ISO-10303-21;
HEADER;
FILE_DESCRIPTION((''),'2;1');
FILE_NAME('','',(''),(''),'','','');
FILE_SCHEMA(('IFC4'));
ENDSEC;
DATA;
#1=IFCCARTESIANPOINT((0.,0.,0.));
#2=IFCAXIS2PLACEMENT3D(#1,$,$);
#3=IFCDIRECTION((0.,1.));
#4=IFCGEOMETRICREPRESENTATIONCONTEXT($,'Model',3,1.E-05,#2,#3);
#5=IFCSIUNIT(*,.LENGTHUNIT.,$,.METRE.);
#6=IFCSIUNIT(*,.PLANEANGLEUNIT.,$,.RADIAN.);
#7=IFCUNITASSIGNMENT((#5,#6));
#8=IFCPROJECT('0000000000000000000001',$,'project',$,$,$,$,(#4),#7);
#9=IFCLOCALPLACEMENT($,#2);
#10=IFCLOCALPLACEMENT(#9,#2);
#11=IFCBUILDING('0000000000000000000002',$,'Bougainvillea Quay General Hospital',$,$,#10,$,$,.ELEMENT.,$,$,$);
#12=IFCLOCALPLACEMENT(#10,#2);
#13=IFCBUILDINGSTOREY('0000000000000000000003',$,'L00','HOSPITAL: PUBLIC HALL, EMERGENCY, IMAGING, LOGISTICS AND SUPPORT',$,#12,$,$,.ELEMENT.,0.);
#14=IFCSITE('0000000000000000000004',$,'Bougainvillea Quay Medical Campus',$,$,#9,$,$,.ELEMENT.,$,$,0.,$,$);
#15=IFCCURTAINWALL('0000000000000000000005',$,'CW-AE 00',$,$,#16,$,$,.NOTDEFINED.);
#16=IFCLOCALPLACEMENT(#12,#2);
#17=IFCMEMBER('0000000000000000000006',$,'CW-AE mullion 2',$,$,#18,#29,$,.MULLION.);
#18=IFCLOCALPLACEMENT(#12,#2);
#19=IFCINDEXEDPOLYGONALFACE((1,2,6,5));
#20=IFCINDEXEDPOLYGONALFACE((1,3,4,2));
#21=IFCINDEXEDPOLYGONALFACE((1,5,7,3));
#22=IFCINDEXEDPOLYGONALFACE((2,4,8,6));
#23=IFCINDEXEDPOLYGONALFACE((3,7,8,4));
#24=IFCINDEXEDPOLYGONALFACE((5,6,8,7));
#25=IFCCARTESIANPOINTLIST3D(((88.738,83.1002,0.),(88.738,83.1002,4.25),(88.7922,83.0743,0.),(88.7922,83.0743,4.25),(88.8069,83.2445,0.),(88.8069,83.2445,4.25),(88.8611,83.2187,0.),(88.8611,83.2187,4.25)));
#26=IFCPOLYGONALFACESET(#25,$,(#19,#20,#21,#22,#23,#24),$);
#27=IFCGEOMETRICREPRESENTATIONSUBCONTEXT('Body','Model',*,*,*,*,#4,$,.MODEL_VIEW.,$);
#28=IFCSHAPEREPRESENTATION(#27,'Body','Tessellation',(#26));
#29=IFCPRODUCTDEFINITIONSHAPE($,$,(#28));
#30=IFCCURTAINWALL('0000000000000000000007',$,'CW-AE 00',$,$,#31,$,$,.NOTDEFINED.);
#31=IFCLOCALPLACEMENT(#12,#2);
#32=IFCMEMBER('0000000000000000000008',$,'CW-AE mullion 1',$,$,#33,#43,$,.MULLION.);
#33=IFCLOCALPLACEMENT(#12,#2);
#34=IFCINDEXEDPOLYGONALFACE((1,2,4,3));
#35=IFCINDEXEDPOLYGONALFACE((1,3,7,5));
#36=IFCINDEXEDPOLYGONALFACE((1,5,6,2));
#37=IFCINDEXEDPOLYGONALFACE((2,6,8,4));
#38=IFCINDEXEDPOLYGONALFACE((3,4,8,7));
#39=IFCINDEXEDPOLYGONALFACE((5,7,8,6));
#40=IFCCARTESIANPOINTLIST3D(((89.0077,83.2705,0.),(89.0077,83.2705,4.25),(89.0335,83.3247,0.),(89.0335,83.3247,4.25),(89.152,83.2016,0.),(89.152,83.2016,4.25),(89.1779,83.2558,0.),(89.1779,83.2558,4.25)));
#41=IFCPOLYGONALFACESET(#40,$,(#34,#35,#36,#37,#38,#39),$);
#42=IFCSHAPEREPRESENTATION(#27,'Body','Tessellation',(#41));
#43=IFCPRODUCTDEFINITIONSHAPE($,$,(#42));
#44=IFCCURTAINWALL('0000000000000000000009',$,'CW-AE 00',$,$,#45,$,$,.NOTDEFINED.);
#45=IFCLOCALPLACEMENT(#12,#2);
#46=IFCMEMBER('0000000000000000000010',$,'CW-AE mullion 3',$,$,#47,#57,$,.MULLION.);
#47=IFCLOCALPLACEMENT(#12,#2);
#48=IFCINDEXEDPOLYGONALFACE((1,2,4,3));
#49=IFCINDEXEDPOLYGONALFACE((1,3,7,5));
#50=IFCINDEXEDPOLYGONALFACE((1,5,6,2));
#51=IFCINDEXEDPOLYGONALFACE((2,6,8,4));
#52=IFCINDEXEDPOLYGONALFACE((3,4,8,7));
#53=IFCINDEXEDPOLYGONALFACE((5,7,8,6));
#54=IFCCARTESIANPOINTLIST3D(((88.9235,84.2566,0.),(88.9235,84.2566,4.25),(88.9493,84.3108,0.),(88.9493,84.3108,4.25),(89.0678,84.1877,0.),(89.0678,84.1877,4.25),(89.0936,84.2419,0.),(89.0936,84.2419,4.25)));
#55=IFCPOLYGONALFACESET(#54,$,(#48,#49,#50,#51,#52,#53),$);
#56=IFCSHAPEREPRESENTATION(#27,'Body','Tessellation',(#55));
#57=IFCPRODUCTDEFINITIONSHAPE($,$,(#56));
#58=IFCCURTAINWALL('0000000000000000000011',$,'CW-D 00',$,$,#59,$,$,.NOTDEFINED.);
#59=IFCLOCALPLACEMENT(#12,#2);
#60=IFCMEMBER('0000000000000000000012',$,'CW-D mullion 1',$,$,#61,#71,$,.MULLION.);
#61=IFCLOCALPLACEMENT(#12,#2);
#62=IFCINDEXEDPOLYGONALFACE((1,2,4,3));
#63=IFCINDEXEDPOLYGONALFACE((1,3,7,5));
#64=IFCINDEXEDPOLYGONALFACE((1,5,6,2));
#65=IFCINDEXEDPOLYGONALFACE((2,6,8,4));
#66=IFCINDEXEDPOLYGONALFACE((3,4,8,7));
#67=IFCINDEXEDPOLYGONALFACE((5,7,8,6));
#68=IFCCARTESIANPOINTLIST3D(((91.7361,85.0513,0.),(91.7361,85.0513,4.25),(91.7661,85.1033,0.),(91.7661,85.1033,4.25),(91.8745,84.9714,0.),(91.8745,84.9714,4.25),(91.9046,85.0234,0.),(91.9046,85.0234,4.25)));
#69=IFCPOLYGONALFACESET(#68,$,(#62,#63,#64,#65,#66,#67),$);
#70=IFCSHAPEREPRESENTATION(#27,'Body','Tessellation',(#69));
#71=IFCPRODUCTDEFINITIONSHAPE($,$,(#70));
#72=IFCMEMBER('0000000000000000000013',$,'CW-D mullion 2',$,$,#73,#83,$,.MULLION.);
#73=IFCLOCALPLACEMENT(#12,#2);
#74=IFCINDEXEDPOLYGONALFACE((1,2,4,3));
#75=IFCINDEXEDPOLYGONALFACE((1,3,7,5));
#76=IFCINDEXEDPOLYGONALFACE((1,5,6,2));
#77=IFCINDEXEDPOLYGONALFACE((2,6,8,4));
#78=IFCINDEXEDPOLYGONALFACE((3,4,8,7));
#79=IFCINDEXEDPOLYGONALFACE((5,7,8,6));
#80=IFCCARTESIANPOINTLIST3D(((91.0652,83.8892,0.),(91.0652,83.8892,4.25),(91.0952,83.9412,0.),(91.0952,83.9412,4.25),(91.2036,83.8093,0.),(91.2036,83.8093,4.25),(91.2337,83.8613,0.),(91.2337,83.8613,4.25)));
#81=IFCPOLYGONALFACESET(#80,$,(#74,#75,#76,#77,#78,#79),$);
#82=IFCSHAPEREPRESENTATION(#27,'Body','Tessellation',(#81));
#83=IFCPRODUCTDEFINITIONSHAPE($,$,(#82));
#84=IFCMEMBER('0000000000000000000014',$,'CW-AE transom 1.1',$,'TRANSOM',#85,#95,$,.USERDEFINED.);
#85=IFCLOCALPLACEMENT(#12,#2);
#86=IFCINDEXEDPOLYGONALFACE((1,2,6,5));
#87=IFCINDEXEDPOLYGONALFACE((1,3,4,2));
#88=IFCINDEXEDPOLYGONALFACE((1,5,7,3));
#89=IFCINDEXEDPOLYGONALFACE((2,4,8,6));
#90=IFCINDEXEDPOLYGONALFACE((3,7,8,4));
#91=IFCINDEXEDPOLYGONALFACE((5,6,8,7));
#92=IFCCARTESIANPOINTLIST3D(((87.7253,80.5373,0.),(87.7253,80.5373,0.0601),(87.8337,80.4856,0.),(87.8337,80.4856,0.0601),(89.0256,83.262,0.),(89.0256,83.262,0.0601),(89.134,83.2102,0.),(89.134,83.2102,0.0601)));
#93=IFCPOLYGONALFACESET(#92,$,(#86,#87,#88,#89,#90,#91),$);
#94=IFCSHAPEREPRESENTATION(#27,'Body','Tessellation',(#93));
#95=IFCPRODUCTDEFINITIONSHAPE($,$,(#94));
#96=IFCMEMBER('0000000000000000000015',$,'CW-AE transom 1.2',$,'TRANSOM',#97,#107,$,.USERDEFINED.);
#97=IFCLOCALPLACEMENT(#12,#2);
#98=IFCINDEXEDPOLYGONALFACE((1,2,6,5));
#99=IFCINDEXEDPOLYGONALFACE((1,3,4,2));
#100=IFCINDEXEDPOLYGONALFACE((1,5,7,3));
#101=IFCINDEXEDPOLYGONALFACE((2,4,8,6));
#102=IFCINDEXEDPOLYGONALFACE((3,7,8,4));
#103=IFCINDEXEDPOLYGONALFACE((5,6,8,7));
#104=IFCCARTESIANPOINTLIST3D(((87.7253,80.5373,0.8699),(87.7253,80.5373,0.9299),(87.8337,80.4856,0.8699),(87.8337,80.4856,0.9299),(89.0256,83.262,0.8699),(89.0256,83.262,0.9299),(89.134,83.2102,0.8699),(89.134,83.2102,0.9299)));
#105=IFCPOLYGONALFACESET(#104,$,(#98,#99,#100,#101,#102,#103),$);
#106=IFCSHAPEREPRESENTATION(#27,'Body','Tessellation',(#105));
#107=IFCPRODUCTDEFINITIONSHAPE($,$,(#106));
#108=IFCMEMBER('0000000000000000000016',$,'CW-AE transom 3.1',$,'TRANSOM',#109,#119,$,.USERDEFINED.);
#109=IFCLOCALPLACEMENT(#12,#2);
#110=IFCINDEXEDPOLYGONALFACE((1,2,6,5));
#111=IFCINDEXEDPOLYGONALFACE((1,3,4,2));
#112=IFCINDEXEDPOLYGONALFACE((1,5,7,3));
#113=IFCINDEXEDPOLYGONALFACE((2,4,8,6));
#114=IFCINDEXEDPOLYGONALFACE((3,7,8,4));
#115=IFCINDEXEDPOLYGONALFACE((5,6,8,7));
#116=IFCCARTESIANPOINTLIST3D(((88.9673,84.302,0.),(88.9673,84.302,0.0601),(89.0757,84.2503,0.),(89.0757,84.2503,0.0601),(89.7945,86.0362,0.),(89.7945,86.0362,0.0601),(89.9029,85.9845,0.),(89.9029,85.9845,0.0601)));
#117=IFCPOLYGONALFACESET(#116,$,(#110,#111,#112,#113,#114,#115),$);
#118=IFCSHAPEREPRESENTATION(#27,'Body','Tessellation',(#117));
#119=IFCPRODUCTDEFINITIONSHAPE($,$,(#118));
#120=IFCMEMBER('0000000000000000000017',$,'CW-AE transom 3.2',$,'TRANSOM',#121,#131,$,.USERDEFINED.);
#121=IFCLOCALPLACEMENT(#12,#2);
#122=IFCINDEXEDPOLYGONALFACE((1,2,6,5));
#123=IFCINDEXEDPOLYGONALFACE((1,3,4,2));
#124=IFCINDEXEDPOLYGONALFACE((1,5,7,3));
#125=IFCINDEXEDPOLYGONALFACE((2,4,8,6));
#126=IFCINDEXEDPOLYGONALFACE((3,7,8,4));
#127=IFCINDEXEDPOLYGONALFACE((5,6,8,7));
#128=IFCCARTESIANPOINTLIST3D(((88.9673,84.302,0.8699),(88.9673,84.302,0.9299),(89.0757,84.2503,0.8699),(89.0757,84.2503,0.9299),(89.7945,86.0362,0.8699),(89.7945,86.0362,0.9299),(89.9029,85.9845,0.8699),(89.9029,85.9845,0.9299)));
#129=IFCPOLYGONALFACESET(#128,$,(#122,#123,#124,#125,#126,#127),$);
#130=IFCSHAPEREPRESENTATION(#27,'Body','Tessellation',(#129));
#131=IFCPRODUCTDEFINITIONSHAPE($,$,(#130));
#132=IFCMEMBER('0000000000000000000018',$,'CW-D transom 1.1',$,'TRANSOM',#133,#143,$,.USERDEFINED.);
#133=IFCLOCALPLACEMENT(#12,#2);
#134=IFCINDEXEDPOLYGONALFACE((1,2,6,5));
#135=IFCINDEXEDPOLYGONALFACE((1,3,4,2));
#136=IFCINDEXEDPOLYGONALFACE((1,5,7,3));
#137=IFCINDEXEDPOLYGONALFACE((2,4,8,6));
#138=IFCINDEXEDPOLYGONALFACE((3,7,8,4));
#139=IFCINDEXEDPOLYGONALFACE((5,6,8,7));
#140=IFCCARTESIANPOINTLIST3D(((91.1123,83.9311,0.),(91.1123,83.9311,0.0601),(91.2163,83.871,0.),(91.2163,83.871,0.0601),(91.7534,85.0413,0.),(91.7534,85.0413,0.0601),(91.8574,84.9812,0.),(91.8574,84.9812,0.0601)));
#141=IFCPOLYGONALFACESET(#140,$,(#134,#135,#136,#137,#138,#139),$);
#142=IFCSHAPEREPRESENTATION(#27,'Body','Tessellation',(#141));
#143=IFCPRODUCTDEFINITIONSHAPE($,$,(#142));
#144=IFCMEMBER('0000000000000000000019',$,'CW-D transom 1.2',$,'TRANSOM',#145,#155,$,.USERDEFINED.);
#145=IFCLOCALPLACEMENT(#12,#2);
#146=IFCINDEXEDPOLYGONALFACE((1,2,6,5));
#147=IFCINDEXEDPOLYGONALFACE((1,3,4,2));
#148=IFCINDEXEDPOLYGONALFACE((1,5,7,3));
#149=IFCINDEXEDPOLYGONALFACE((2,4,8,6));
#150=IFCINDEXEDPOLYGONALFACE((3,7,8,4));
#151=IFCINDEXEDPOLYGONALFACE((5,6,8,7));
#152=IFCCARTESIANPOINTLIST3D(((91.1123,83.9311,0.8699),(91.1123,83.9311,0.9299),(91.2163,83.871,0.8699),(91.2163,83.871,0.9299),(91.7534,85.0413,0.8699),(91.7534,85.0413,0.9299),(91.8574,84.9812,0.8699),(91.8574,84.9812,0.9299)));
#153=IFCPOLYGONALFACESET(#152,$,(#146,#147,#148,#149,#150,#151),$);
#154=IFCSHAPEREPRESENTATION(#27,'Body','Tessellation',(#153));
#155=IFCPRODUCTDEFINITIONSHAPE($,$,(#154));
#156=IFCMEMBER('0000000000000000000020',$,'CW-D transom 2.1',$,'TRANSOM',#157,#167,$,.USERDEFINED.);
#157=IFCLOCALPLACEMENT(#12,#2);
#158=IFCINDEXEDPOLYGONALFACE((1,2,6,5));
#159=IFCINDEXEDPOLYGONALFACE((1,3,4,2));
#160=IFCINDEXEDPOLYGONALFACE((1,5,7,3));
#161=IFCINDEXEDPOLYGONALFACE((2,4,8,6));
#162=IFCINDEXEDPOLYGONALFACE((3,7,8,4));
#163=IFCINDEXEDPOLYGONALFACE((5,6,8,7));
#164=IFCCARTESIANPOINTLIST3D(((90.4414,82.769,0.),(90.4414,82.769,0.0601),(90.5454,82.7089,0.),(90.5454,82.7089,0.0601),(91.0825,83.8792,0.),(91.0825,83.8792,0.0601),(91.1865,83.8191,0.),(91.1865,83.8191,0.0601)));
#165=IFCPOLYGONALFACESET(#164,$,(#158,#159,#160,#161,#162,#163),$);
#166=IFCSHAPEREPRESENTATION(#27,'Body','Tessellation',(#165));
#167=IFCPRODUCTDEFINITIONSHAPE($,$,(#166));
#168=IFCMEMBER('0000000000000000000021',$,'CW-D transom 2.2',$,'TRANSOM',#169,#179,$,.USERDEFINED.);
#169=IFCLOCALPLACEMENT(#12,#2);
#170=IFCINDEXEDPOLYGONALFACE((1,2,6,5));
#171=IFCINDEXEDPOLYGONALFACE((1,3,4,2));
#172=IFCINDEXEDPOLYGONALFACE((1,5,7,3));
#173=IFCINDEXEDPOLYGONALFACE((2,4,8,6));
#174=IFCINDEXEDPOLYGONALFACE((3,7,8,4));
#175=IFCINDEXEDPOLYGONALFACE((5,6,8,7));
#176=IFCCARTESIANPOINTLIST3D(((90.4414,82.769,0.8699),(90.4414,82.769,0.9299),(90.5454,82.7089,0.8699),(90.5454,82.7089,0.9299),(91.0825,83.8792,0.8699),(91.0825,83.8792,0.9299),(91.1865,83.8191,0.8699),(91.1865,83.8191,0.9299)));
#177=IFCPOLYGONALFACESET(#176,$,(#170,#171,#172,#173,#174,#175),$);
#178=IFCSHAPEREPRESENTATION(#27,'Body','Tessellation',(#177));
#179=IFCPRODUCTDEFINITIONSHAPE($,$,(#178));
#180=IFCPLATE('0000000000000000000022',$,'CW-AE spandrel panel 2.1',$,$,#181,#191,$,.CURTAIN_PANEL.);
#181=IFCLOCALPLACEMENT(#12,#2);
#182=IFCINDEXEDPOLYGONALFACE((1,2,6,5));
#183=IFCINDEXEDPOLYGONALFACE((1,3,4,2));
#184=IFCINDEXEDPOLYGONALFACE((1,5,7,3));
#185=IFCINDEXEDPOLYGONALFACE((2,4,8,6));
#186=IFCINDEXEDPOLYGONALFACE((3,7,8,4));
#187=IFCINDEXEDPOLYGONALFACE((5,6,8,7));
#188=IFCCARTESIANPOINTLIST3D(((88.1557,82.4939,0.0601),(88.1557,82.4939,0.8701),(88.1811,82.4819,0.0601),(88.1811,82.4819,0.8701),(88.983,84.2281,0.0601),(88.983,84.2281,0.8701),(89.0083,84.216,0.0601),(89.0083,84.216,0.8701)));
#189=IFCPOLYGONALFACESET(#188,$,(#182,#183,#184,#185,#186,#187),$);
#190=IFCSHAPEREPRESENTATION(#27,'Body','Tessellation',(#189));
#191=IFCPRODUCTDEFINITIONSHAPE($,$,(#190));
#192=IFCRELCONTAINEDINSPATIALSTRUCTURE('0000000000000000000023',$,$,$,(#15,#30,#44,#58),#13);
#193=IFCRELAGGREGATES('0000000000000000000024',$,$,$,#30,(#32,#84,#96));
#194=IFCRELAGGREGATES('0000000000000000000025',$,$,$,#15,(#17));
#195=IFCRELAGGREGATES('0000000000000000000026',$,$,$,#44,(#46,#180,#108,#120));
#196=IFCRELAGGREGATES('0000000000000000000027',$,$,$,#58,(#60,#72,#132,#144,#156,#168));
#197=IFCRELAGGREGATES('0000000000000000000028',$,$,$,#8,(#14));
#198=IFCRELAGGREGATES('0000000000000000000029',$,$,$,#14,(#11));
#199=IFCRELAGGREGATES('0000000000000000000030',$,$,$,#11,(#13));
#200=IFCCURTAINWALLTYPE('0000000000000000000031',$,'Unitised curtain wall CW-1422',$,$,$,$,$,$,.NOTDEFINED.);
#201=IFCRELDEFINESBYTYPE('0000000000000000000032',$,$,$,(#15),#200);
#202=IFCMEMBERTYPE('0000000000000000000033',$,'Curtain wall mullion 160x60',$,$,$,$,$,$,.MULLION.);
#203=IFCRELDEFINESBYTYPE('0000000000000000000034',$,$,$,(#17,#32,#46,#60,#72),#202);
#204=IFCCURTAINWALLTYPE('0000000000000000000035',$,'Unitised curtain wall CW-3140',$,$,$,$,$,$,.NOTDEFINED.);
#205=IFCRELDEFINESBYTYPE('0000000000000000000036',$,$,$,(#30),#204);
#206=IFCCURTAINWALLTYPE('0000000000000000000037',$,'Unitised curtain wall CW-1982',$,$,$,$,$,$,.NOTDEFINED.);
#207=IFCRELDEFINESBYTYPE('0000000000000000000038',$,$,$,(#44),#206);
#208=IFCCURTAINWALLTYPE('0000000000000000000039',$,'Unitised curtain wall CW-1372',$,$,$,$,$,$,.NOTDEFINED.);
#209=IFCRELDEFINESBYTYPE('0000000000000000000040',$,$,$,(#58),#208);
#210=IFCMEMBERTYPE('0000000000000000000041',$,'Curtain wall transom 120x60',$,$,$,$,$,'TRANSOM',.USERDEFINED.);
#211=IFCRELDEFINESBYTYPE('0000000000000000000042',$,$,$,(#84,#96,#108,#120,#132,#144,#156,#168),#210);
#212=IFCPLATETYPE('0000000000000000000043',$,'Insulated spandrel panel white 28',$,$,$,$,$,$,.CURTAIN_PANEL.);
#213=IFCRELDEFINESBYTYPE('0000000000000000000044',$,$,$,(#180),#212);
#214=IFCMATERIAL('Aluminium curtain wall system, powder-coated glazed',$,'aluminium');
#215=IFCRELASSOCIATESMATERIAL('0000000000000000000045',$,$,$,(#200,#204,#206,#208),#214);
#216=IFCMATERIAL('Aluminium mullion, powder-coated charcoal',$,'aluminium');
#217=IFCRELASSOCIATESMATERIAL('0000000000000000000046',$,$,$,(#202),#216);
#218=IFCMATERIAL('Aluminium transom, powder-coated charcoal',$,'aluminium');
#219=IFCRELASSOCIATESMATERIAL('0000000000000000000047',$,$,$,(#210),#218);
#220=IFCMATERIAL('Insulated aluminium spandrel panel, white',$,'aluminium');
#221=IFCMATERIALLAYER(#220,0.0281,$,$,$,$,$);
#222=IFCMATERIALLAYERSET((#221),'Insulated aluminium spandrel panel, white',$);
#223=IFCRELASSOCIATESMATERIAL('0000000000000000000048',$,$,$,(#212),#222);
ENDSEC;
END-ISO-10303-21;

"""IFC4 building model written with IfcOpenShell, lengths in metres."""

from ifc_helpers import new_model, si_unit, direction, frame, origin, origin_2d, place, context, subcontext, project, spatial, rectangle, extrude, material, layer, layer_set, material_profile, profile_set, type_object, element, aggregate, save


model = new_model("IFC4")

# Units and contexts
model_context = context("Model", 3, precision=1e-05, world=origin(), true_north=direction((0.0, 1.0)))
body_context = subcontext(model_context, "Body", "Model", "MODEL_VIEW")
ifc_project = project(units=[si_unit("LENGTHUNIT", "METRE"), si_unit("PLANEANGLEUNIT", "RADIAN")], contexts=[model_context])

# Site, building, storey
site_placement = place(None, origin())
site = spatial("IfcSite", under=ifc_project, at=site_placement, Name="Bougainvillea Quay Medical Campus", CompositionType="ELEMENT", RefElevation=0.0)
building_placement = place(site_placement, origin())
building = spatial("IfcBuilding", under=site, at=building_placement, Name="Bougainvillea Quay General Hospital", CompositionType="ELEMENT")
storey_placement = place(building_placement, origin())
storey = spatial("IfcBuildingStorey", under=building, at=storey_placement, Name="L00", Description="HOSPITAL: PUBLIC HALL, EMERGENCY, IMAGING, LOGISTICS AND SUPPORT", CompositionType="ELEMENT", Elevation=0.0)

# Curtain walls, members
ifc_material_1 = material(Name="Aluminium curtain wall system, powder-coated glazed", Category="aluminium")
curtain_wall_type_1 = type_object("IfcCurtainWallType", Name="Unitised curtain wall CW-1422", PredefinedType="NOTDEFINED", material=ifc_material_1)
curtain_wall_1_placement = place(storey_placement, origin())
curtain_wall_1 = element("IfcCurtainWall", 1, at=curtain_wall_1_placement, inside=storey, type_object=curtain_wall_type_1, Name="CW-AE 00", PredefinedType="NOTDEFINED")
ifc_material_2 = material(Name="Aluminium mullion, powder-coated charcoal", Category="aluminium")
ifc_material_profile_1 = material_profile(ifc_material_2, rectangle(XDim=0.1599, YDim=0.0601, at=origin_2d()))
ifc_profile_set_1 = profile_set([ifc_material_profile_1], Name="Aluminium mullion, powder-coated charcoal")
member_type_1 = type_object("IfcMemberType", Name="Curtain wall mullion 160x60", PredefinedType="MULLION", material=ifc_profile_set_1)
member_1_placement = place(storey_placement, frame((88.7996, 83.1594, 0.0), z_axis=(0.0, 0.0, 1.0), x_axis=(-0.430534, -0.902574, 0.0)))
member_1 = element("IfcMember", 2, at=member_1_placement, type_object=member_type_1, Name="CW-AE mullion 2", PredefinedType="MULLION", context=body_context, shape_type="SweptSolid", body=[
    extrude(rectangle(XDim=0.1599, YDim=0.0601, at=origin_2d()), origin(), (0.0, 0.0, 1.0), 4.25),
])
curtain_wall_type_2 = type_object("IfcCurtainWallType", Name="Unitised curtain wall CW-3140", PredefinedType="NOTDEFINED", material=ifc_material_1)
curtain_wall_2_placement = place(storey_placement, origin())
curtain_wall_2 = element("IfcCurtainWall", 3, at=curtain_wall_2_placement, inside=storey, type_object=curtain_wall_type_2, Name="CW-AE 00", PredefinedType="NOTDEFINED")
member_2_placement = place(storey_placement, frame((89.0928, 83.2632, 0.0), z_axis=(0.0, 0.0, 1.0), x_axis=(0.902495, -0.4307, 0.0)))
member_2 = element("IfcMember", 4, at=member_2_placement, type_object=member_type_1, Name="CW-AE mullion 1", PredefinedType="MULLION", context=body_context, shape_type="SweptSolid", body=[
    extrude(rectangle(XDim=0.1599, YDim=0.0601, at=origin_2d()), origin(), (0.0, 0.0, 1.0), 4.25),
])
curtain_wall_type_3 = type_object("IfcCurtainWallType", Name="Unitised curtain wall CW-1982", PredefinedType="NOTDEFINED", material=ifc_material_1)
curtain_wall_3_placement = place(storey_placement, origin())
curtain_wall_3 = element("IfcCurtainWall", 5, at=curtain_wall_3_placement, inside=storey, type_object=curtain_wall_type_3, Name="CW-AE 00", PredefinedType="NOTDEFINED")
member_3_placement = place(storey_placement, frame((89.0085, 84.2493, 0.0), z_axis=(0.0, 0.0, 1.0), x_axis=(-0.902561, 0.430563, 0.0)))
member_3 = element("IfcMember", 6, at=member_3_placement, type_object=member_type_1, Name="CW-AE mullion 3", PredefinedType="MULLION", context=body_context, shape_type="SweptSolid", body=[
    extrude(rectangle(XDim=0.1599, YDim=0.0601, at=origin_2d()), origin(), (0.0, 0.0, 1.0), 4.25),
])

# Curtain wall, members
curtain_wall_type_4 = type_object("IfcCurtainWallType", Name="Unitised curtain wall CW-1372", PredefinedType="NOTDEFINED", material=ifc_material_1)
curtain_wall_4_placement = place(storey_placement, origin())
curtain_wall_4 = element("IfcCurtainWall", 7, at=curtain_wall_4_placement, inside=storey, type_object=curtain_wall_type_4, Name="CW-D 00", PredefinedType="NOTDEFINED")
member_4_placement = place(storey_placement, frame((91.8203, 85.0374, 0.0), z_axis=(0.0, 0.0, 1.0), x_axis=(0.866048, -0.499962, 0.0)))
member_4 = element("IfcMember", 8, at=member_4_placement, type_object=member_type_1, Name="CW-D mullion 1", PredefinedType="MULLION", context=body_context, shape_type="SweptSolid", body=[
    extrude(rectangle(XDim=0.1599, YDim=0.0601, at=origin_2d()), origin(), (0.0, 0.0, 1.0), 4.25),
])
member_5_placement = place(storey_placement, frame((91.1494, 83.8752, 0.0), z_axis=(0.0, 0.0, 1.0), x_axis=(0.866048, -0.499962, 0.0)))
member_5 = element("IfcMember", 9, at=member_5_placement, type_object=member_type_1, Name="CW-D mullion 2", PredefinedType="MULLION", context=body_context, shape_type="SweptSolid", body=[
    extrude(rectangle(XDim=0.1599, YDim=0.0601, at=origin_2d()), origin(), (0.0, 0.0, 1.0), 4.25),
])

# Members
ifc_material_3 = material(Name="Aluminium transom, powder-coated charcoal", Category="aluminium")
ifc_material_profile_2 = material_profile(ifc_material_3, rectangle(XDim=0.1201, YDim=0.0601, at=origin_2d()))
ifc_profile_set_2 = profile_set([ifc_material_profile_2], Name="Aluminium transom, powder-coated charcoal")
member_type_2 = type_object("IfcMemberType", Name="Curtain wall transom 120x60", ElementType="TRANSOM", PredefinedType="USERDEFINED", material=ifc_profile_set_2)
member_6_placement = place(storey_placement, frame((89.0798, 83.2361, 0.03), z_axis=(-0.430706, -0.902492, 0.0), x_axis=(0.902492, -0.430706, 0.0)))
member_6 = element("IfcMember", 10, at=member_6_placement, type_object=member_type_2, Name="CW-AE transom 1.1", ObjectType="TRANSOM", PredefinedType="USERDEFINED", context=body_context, shape_type="SweptSolid", body=[
    extrude(rectangle(XDim=0.1201, YDim=0.0601, at=origin_2d()), origin(), (0.0, 0.0, 1.0), 3.019),
])
member_7_placement = place(storey_placement, frame((89.0798, 83.2361, 0.8999), z_axis=(-0.430706, -0.902492, 0.0), x_axis=(0.902492, -0.430706, 0.0)))
member_7 = element("IfcMember", 11, at=member_7_placement, type_object=member_type_2, Name="CW-AE transom 1.2", ObjectType="TRANSOM", PredefinedType="USERDEFINED", context=body_context, shape_type="SweptSolid", body=[
    extrude(rectangle(XDim=0.1201, YDim=0.0601, at=origin_2d()), origin(), (0.0, 0.0, 1.0), 3.019),
])
aggregate(curtain_wall_2, [member_2, member_6, member_7])
member_8_placement = place(storey_placement, frame((89.0215, 84.2761, 0.03), z_axis=(0.430516, 0.902583, 0.0), x_axis=(-0.902583, 0.430516, 0.0)))
member_8 = element("IfcMember", 12, at=member_8_placement, type_object=member_type_2, Name="CW-AE transom 3.1", ObjectType="TRANSOM", PredefinedType="USERDEFINED", context=body_context, shape_type="SweptSolid", body=[
    extrude(rectangle(XDim=0.1201, YDim=0.0601, at=origin_2d()), origin(), (0.0, 0.0, 1.0), 1.9214),
])
member_9_placement = place(storey_placement, frame((89.0215, 84.2761, 0.8999), z_axis=(0.430516, 0.902583, 0.0), x_axis=(-0.902583, 0.430516, 0.0)))
member_9 = element("IfcMember", 13, at=member_9_placement, type_object=member_type_2, Name="CW-AE transom 3.2", ObjectType="TRANSOM", PredefinedType="USERDEFINED", context=body_context, shape_type="SweptSolid", body=[
    extrude(rectangle(XDim=0.1201, YDim=0.0601, at=origin_2d()), origin(), (0.0, 0.0, 1.0), 1.9214),
])
member_10_placement = place(storey_placement, frame((91.8054, 85.0112, 0.03), z_axis=(-0.500113, -0.86596, 0.0), x_axis=(0.86596, -0.500113, 0.0)))
member_10 = element("IfcMember", 14, at=member_10_placement, type_object=member_type_2, Name="CW-D transom 1.1", ObjectType="TRANSOM", PredefinedType="USERDEFINED", context=body_context, shape_type="SweptSolid", body=[
    extrude(rectangle(XDim=0.1201, YDim=0.0601, at=origin_2d()), origin(), (0.0, 0.0, 1.0), 1.282),
])
member_11_placement = place(storey_placement, frame((91.8054, 85.0112, 0.8999), z_axis=(-0.500113, -0.86596, 0.0), x_axis=(0.86596, -0.500113, 0.0)))
member_11 = element("IfcMember", 15, at=member_11_placement, type_object=member_type_2, Name="CW-D transom 1.2", ObjectType="TRANSOM", PredefinedType="USERDEFINED", context=body_context, shape_type="SweptSolid", body=[
    extrude(rectangle(XDim=0.1201, YDim=0.0601, at=origin_2d()), origin(), (0.0, 0.0, 1.0), 1.282),
])
member_12_placement = place(storey_placement, frame((91.1345, 83.8491, 0.03), z_axis=(-0.500113, -0.86596, 0.0), x_axis=(0.86596, -0.500113, 0.0)))
member_12 = element("IfcMember", 16, at=member_12_placement, type_object=member_type_2, Name="CW-D transom 2.1", ObjectType="TRANSOM", PredefinedType="USERDEFINED", context=body_context, shape_type="SweptSolid", body=[
    extrude(rectangle(XDim=0.1201, YDim=0.0601, at=origin_2d()), origin(), (0.0, 0.0, 1.0), 1.282),
])
member_13_placement = place(storey_placement, frame((91.1345, 83.8491, 0.8999), z_axis=(-0.500113, -0.86596, 0.0), x_axis=(0.86596, -0.500113, 0.0)))
member_13 = element("IfcMember", 17, at=member_13_placement, type_object=member_type_2, Name="CW-D transom 2.2", ObjectType="TRANSOM", PredefinedType="USERDEFINED", context=body_context, shape_type="SweptSolid", body=[
    extrude(rectangle(XDim=0.1201, YDim=0.0601, at=origin_2d()), origin(), (0.0, 0.0, 1.0), 1.282),
])

# Plate
ifc_material_4 = material(Name="Insulated aluminium spandrel panel, white", Category="aluminium")
ifc_layer_1 = layer(ifc_material_4, 0.0281)
ifc_layer_set_1 = layer_set([ifc_layer_1], Name="Insulated aluminium spandrel panel, white")
plate_type_1 = type_object("IfcPlateType", Name="Insulated spandrel panel white 28", PredefinedType="CURTAIN_PANEL", material=ifc_layer_set_1)
plate_1_placement = place(storey_placement, frame((88.582, 83.355, 0.0601), z_axis=(0.0, 0.0, 1.0), x_axis=(0.430563, 0.902561, 0.0)))
plate_1 = element("IfcPlate", 18, at=plate_1_placement, type_object=plate_type_1, Name="CW-AE spandrel panel 2.1", PredefinedType="CURTAIN_PANEL", context=body_context, shape_type="SweptSolid", body=[
    extrude(rectangle(XDim=1.9214, YDim=0.0281, at=origin_2d()), origin(), (0.0, 0.0, 1.0), 0.8101),
])
aggregate(curtain_wall_1, [member_1])
aggregate(curtain_wall_3, [member_3, plate_1, member_8, member_9])
aggregate(curtain_wall_4, [member_4, member_5, member_10, member_11, member_12, member_13])

save(model, "model.ifc")
